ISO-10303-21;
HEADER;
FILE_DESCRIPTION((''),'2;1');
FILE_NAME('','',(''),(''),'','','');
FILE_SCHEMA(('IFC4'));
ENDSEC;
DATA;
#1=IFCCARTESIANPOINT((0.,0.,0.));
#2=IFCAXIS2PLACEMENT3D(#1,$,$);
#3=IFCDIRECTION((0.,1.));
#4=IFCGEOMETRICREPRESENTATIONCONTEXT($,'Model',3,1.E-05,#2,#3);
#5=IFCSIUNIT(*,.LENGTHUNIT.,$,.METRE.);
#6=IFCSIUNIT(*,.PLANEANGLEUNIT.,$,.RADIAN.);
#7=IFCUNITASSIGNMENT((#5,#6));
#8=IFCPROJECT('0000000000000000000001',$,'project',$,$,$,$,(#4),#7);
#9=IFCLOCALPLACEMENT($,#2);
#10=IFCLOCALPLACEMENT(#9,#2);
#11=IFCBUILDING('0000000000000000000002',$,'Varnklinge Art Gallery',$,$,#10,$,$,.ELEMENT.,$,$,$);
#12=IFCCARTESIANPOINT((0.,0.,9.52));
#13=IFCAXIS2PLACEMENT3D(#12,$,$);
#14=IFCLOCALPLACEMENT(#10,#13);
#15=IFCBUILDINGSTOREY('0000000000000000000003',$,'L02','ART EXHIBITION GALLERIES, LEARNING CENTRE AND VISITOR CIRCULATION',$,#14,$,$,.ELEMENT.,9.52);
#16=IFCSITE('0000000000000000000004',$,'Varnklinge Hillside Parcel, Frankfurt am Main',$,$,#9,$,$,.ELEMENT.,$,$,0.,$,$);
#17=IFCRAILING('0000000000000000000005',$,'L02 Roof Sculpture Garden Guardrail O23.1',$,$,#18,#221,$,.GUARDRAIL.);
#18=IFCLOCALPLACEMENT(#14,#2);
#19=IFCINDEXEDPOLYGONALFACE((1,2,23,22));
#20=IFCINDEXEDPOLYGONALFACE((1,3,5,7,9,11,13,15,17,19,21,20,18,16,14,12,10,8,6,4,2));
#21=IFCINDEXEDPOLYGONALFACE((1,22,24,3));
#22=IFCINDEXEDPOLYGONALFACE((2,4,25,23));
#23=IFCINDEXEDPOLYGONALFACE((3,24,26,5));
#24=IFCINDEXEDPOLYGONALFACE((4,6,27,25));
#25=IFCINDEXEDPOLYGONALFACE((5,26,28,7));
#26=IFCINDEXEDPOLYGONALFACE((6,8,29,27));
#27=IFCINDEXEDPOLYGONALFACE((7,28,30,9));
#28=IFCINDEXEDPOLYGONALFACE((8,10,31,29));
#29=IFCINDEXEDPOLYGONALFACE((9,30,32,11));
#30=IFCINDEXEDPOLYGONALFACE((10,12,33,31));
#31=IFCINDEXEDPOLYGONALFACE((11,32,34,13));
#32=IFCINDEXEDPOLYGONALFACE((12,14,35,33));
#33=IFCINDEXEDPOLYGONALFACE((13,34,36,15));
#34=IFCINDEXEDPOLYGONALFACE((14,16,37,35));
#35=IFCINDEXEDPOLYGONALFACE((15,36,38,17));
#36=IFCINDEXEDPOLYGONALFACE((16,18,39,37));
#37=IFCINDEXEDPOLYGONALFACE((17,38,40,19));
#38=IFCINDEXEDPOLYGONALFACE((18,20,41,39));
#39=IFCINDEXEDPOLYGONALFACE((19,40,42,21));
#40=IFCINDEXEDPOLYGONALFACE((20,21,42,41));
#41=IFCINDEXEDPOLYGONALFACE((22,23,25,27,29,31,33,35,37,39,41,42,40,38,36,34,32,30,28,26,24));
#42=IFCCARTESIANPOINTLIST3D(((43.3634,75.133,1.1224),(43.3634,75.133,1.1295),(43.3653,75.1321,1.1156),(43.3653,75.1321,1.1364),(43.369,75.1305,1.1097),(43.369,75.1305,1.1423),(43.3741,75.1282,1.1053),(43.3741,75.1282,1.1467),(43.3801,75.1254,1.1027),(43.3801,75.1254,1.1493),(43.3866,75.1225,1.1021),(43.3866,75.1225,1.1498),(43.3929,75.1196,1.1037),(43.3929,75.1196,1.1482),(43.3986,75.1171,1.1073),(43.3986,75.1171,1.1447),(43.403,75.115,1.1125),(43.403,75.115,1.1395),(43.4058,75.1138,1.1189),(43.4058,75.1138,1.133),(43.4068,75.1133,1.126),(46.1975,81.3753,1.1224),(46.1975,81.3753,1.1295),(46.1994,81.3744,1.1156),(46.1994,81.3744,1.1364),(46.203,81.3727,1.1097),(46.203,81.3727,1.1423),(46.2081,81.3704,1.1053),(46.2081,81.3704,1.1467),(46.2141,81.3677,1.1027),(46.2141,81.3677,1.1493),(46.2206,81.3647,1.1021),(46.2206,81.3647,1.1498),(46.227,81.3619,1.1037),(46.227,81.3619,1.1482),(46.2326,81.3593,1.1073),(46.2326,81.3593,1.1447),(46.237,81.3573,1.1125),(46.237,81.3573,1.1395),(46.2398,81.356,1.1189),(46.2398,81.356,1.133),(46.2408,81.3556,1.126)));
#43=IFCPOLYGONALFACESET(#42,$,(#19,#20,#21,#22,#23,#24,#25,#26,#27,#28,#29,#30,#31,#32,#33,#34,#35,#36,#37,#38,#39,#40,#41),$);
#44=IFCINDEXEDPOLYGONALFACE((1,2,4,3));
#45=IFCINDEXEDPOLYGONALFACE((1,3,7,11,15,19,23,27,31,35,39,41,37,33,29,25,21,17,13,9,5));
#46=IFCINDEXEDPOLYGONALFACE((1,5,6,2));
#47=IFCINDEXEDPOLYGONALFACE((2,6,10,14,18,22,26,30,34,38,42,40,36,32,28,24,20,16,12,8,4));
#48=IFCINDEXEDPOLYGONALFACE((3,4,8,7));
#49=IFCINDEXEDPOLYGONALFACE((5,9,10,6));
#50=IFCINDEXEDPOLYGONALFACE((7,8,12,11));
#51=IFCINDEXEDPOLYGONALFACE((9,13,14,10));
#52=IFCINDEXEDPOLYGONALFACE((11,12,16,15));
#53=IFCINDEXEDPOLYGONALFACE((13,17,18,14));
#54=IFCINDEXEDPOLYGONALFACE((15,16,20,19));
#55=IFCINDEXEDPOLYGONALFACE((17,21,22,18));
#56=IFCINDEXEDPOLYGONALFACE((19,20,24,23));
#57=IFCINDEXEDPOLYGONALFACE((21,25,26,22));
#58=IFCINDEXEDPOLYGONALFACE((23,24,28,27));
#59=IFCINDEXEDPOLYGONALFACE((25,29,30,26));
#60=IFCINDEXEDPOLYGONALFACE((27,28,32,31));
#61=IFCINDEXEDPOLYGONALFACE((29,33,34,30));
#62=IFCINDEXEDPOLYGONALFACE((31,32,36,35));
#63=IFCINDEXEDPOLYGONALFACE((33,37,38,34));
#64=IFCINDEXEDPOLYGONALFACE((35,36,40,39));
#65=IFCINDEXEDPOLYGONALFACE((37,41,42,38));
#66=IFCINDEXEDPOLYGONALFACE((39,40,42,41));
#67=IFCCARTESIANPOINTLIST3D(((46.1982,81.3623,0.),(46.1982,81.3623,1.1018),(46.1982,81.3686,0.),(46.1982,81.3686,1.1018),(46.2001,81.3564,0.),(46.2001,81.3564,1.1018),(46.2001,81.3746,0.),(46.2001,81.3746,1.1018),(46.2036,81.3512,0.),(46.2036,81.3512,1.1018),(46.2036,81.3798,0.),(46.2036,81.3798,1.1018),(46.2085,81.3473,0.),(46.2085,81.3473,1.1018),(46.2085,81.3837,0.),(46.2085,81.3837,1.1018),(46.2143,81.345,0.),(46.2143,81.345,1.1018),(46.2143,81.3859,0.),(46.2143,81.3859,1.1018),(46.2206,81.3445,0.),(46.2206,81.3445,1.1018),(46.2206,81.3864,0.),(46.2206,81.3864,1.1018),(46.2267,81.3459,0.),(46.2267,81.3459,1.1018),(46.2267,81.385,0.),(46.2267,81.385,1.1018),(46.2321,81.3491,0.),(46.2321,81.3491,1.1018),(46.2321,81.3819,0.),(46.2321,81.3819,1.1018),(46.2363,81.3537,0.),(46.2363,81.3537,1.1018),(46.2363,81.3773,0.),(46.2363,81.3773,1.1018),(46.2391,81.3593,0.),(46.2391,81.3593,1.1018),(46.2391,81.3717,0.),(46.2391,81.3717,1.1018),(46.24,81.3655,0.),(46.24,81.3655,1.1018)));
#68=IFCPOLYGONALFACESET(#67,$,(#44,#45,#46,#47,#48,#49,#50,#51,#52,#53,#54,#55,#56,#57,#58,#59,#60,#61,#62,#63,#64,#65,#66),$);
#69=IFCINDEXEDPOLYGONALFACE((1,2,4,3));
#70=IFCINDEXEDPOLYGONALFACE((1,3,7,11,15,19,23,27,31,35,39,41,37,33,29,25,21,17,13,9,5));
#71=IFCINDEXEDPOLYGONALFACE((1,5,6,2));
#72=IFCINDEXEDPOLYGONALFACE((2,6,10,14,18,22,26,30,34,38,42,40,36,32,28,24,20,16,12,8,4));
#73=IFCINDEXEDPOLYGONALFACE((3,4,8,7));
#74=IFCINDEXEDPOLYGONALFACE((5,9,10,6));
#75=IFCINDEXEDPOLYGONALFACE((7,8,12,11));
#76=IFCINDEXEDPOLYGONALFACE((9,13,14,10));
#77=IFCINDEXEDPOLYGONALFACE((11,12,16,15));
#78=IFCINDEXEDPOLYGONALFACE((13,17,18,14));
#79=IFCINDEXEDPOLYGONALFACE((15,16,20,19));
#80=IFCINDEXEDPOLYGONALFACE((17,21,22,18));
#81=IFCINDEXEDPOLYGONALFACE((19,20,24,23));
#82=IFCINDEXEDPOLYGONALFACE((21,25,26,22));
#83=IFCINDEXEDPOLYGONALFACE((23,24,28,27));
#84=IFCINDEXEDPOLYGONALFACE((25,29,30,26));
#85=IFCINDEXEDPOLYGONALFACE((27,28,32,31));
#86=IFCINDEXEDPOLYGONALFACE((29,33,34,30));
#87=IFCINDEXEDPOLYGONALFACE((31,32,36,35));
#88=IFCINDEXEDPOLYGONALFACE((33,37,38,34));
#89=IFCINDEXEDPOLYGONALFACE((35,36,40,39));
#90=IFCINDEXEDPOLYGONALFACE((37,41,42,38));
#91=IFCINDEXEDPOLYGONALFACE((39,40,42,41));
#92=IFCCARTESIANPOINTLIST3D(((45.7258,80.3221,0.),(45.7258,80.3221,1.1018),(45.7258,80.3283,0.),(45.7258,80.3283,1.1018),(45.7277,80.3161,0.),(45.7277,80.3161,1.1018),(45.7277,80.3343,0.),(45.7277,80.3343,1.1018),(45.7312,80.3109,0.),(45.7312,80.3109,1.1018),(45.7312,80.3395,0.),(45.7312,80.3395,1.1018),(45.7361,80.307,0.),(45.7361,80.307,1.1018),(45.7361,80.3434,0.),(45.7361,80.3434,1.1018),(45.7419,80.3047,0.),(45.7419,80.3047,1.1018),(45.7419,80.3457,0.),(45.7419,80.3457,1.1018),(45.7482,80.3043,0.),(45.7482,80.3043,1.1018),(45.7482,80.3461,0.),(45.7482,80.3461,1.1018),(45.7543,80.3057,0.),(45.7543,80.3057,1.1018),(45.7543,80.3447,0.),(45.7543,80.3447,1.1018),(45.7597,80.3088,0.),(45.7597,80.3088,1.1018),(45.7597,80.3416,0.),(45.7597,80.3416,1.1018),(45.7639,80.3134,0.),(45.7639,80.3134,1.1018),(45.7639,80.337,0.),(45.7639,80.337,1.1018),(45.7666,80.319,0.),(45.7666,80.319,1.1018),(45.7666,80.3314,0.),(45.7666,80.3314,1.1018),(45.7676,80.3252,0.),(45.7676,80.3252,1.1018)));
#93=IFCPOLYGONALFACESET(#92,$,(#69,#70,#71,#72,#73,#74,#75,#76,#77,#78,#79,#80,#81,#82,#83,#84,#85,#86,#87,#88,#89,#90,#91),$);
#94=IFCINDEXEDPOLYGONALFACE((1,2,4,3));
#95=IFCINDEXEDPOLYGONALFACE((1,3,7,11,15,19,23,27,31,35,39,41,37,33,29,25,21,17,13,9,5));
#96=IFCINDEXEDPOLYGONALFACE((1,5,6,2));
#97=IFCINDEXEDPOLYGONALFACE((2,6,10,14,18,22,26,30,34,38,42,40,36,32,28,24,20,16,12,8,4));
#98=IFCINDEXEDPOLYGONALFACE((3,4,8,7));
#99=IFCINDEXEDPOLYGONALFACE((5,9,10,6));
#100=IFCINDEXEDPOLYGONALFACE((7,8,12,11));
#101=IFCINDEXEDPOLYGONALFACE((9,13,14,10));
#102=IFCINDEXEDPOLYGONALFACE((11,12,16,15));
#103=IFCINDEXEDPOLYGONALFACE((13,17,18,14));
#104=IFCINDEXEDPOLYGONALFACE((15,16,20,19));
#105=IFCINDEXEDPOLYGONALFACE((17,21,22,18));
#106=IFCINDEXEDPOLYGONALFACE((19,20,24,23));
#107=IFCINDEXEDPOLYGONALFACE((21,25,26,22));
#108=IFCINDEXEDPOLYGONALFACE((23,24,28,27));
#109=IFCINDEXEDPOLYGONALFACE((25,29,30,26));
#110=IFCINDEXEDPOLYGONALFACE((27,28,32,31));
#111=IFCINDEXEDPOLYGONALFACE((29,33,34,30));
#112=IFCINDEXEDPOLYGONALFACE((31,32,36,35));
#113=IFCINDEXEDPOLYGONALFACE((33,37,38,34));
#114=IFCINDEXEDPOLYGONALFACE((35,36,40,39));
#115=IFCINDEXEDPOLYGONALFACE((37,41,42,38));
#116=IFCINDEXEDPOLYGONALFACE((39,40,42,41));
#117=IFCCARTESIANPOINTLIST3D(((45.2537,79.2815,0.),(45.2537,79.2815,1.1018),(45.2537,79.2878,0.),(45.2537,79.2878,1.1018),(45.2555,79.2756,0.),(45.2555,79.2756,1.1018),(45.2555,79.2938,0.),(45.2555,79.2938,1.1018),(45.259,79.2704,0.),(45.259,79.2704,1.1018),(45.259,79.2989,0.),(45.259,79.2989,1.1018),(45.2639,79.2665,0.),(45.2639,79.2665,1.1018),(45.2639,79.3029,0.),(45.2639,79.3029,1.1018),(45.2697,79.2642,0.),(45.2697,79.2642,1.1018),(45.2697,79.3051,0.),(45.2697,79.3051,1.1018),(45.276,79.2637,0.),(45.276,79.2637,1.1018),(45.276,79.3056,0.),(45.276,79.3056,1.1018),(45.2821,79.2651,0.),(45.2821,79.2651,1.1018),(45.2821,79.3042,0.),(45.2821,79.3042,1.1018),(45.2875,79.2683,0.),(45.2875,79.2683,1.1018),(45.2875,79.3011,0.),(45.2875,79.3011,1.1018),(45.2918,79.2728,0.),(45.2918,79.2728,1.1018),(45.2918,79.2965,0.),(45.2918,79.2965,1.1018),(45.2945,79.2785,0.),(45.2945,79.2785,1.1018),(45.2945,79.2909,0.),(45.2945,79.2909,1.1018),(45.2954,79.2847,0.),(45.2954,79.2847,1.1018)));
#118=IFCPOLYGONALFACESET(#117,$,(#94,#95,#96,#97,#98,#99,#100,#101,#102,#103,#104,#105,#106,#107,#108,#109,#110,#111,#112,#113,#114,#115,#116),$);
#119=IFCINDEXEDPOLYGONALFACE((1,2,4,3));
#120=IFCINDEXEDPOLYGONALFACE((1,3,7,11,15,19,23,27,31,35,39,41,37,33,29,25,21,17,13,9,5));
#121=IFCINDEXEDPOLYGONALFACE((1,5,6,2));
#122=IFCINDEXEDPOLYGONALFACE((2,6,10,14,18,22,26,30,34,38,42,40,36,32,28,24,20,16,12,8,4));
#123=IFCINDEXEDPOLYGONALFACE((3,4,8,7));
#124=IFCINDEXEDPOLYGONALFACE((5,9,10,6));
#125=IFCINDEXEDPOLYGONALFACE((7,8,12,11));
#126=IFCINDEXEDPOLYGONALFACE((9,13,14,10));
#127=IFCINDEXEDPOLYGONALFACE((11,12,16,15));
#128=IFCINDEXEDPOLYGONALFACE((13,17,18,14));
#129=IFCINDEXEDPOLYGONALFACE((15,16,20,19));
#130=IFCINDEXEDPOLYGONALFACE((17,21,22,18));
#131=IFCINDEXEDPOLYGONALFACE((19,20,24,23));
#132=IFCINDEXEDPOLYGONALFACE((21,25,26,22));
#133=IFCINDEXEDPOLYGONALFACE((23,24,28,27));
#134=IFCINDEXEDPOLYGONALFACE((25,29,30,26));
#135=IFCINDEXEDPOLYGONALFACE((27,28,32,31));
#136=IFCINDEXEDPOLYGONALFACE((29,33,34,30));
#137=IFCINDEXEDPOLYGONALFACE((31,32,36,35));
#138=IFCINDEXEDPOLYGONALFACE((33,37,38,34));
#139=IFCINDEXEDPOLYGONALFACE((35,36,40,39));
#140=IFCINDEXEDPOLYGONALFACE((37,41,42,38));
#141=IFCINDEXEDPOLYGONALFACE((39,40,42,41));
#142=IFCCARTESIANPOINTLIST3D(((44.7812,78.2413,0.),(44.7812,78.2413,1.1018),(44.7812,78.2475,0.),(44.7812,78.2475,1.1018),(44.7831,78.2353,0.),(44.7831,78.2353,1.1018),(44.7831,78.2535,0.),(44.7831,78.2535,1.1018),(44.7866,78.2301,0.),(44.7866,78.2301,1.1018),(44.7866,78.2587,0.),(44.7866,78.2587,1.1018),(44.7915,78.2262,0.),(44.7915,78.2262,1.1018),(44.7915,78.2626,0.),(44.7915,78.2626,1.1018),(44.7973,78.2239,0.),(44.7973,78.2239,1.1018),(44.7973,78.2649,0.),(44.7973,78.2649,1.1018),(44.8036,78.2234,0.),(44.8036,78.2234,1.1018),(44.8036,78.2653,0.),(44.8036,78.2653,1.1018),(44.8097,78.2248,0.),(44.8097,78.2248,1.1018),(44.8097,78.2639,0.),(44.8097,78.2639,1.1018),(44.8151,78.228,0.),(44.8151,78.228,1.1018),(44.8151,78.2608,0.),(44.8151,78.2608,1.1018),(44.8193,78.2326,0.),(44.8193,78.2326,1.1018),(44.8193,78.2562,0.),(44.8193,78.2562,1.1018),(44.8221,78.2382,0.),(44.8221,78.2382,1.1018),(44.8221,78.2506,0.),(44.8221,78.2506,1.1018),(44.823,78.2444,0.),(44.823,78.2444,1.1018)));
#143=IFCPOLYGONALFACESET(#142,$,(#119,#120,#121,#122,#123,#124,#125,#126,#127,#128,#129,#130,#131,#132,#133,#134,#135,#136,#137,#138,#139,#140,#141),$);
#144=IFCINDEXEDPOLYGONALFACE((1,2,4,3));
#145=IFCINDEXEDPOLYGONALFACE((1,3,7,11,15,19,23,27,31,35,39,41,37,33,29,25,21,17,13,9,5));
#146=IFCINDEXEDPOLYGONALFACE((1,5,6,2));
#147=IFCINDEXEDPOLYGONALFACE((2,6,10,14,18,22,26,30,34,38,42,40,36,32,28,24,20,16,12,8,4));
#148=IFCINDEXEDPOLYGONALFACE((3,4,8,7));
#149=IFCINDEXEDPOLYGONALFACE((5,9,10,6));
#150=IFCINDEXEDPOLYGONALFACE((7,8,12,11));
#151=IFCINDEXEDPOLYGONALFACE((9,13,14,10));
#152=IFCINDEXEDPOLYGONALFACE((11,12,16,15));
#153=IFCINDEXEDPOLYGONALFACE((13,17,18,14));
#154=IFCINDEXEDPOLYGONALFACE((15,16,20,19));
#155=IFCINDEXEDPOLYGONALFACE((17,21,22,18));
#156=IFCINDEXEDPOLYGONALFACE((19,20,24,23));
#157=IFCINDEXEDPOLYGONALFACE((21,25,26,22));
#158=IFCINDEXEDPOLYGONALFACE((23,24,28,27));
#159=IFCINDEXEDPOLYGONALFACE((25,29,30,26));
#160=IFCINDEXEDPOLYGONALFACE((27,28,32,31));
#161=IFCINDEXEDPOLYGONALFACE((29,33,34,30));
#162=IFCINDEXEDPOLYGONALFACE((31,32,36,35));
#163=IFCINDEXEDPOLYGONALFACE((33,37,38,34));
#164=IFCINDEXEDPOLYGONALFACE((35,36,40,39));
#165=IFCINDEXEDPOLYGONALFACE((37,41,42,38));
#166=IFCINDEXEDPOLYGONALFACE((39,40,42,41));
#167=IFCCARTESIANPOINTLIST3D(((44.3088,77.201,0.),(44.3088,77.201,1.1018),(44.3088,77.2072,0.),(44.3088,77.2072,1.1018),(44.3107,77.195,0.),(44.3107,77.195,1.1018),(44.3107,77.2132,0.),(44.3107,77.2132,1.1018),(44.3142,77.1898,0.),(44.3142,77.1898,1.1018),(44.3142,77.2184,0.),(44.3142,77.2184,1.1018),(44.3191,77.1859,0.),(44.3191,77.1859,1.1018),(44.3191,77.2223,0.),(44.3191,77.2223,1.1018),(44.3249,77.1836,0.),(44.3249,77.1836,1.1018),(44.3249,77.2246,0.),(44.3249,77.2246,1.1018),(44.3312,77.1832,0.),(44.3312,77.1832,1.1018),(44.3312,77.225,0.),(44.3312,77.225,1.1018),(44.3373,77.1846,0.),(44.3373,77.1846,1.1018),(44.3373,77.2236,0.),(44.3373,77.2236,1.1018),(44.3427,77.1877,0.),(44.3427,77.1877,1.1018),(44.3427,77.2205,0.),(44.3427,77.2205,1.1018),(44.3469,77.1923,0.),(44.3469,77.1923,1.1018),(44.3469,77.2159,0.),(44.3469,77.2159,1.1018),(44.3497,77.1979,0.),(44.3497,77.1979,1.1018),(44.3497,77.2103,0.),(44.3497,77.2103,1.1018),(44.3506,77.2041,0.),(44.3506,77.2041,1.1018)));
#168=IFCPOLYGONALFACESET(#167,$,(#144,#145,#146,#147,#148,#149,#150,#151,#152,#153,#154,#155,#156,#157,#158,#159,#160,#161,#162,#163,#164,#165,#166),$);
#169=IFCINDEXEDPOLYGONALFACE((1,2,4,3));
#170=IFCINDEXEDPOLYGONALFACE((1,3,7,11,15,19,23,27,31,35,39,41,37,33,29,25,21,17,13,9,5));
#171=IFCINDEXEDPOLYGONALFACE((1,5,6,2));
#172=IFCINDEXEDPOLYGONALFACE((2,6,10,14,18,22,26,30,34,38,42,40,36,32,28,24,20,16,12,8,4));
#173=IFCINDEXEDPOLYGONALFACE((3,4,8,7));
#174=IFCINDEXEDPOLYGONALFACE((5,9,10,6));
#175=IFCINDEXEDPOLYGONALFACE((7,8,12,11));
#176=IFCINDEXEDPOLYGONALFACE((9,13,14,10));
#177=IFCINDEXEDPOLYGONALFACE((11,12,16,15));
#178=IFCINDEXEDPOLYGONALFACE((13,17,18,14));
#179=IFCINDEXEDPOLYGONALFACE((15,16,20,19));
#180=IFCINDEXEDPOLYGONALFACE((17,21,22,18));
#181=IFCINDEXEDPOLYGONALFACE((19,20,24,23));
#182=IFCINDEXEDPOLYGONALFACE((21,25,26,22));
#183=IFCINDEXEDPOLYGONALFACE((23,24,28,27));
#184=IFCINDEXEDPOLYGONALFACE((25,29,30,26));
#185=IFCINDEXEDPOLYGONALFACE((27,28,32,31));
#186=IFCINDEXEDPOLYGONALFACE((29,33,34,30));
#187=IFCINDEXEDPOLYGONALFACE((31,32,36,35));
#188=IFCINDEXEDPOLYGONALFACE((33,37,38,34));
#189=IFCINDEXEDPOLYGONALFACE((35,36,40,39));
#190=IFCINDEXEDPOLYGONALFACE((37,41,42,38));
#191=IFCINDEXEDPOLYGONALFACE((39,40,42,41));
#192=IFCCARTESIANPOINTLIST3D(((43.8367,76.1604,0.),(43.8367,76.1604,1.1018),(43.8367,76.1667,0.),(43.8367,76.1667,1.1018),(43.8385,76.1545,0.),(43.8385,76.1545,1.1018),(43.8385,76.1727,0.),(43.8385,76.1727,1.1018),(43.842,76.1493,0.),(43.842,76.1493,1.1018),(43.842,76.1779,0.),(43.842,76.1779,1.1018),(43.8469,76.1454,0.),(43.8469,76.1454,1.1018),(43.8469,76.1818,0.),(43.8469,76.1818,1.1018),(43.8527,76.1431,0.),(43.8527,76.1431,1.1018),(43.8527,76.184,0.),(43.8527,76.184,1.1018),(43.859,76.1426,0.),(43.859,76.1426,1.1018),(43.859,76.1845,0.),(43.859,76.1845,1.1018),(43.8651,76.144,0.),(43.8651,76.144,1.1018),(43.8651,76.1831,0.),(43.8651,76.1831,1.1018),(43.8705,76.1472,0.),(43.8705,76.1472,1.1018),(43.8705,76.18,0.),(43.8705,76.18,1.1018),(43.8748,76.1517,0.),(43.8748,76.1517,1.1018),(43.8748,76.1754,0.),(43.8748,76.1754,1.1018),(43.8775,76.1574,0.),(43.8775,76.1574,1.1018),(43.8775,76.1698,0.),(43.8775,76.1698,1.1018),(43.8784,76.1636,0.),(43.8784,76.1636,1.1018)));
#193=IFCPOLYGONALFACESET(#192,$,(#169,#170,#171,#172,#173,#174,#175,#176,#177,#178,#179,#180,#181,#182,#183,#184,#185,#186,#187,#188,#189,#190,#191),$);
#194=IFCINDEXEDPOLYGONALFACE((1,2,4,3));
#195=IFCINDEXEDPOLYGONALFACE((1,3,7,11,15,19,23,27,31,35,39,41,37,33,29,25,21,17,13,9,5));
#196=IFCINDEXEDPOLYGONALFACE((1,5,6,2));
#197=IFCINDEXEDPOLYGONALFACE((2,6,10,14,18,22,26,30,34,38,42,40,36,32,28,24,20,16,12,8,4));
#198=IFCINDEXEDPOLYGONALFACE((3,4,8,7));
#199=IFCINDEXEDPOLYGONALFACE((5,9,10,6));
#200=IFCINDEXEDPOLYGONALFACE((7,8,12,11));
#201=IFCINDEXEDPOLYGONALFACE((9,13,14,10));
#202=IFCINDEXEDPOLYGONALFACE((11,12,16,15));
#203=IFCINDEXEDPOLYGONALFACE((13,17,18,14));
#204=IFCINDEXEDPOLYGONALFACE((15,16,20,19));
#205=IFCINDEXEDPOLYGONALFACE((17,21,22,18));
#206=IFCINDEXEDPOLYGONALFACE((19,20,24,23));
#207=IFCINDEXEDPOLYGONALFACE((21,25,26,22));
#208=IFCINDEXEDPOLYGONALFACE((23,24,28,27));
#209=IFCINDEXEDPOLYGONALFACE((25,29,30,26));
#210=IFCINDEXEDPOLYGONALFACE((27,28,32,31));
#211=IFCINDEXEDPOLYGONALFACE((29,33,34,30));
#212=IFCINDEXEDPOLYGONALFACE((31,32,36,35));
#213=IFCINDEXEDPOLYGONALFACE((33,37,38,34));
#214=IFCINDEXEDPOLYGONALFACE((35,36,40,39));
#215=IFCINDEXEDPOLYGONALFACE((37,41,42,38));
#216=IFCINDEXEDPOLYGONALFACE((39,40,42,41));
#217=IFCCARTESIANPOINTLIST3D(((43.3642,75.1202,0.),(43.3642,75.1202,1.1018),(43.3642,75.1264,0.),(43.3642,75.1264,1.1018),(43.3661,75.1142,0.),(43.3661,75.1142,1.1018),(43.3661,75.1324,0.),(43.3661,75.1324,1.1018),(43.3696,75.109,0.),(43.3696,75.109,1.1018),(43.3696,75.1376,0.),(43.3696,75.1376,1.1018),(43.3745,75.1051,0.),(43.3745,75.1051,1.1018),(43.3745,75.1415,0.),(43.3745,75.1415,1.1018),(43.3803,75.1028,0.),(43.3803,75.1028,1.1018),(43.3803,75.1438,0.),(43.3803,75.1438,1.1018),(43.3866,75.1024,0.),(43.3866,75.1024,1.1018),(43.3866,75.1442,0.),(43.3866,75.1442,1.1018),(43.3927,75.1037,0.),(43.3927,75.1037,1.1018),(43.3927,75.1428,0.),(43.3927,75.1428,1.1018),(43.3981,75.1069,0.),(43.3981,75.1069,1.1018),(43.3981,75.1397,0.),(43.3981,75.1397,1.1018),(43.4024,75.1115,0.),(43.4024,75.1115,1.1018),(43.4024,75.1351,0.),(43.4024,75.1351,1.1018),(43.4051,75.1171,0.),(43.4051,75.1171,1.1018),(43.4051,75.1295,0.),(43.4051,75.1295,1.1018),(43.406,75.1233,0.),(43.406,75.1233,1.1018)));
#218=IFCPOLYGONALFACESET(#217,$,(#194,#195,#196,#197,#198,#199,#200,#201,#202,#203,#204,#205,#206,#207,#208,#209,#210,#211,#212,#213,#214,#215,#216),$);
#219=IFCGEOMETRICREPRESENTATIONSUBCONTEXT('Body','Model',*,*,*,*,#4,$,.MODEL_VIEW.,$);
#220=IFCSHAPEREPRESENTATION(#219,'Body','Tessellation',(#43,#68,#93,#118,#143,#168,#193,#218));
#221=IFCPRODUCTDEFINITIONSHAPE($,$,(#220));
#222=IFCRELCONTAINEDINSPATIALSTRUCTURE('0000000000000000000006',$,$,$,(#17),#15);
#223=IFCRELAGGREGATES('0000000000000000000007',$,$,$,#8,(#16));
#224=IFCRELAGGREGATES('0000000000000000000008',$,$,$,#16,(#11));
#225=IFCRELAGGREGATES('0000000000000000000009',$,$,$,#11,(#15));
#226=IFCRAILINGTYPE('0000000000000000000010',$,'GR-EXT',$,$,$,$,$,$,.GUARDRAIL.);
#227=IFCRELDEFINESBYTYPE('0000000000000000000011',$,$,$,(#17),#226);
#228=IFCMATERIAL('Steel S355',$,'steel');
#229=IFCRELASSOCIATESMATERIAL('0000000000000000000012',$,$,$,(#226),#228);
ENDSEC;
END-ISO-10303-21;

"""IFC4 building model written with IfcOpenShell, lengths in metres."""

from ifc_helpers import new_model, si_unit, direction, frame, origin, origin_2d, place, context, subcontext, project, spatial, circle, extrude, material, type_object, element, save


model = new_model("IFC4")

# Units and contexts
model_context = context("Model", 3, precision=1e-05, world=origin(), true_north=direction((0.0, 1.0)))
body_context = subcontext(model_context, "Body", "Model", "MODEL_VIEW")
ifc_project = project(units=[si_unit("LENGTHUNIT", "METRE"), si_unit("PLANEANGLEUNIT", "RADIAN")], contexts=[model_context])

# Site, building, storey
site_placement = place(None, origin())
site = spatial("IfcSite", under=ifc_project, at=site_placement, Name="Varnklinge Hillside Parcel, Frankfurt am Main", CompositionType="ELEMENT", RefElevation=0.0)
building_placement = place(site_placement, origin())
building = spatial("IfcBuilding", under=site, at=building_placement, Name="Varnklinge Art Gallery", CompositionType="ELEMENT")
storey_placement = place(building_placement, frame((0.0, 0.0, 9.52)))
storey = spatial("IfcBuildingStorey", under=building, at=storey_placement, Name="L02", Description="ART EXHIBITION GALLERIES, LEARNING CENTRE AND VISITOR CIRCULATION", CompositionType="ELEMENT", Elevation=9.52)

# Railing
ifc_material_1 = material(Name="Steel S355", Category="steel")
railing_type_1 = type_object("IfcRailingType", Name="GR-EXT", PredefinedType="GUARDRAIL", material=ifc_material_1)
railing_1_placement = place(storey_placement, frame((46.219, 81.3655, 0.0)))
element("IfcRailing", 1, at=railing_1_placement, inside=storey, type_object=railing_type_1, Name="L02 Roof Sculpture Garden Guardrail O23.1", PredefinedType="GUARDRAIL", context=body_context, shape_type="SweptSolid", body=[
    extrude(circle(Radius=0.0239, at=origin_2d()), frame((0.0, 0.0, 1.126), z_axis=(-0.413395, -0.910552, 0.0), x_axis=(0.910552, -0.413395, 0.0)), (0.0, 0.0, 1.0), 6.8555),
    extrude(circle(Radius=0.021, at=origin_2d()), origin(), (0.0, 0.0, 1.0), 1.1018),
    extrude(circle(Radius=0.021, at=origin_2d()), frame((-0.4724, -1.0403, 0.0)), (0.0, 0.0, 1.0), 1.1018),
    extrude(circle(Radius=0.021, at=origin_2d()), frame((-0.9446, -2.0808, 0.0)), (0.0, 0.0, 1.0), 1.1018),
    extrude(circle(Radius=0.021, at=origin_2d()), frame((-1.417, -3.1211, 0.0)), (0.0, 0.0, 1.0), 1.1018),
    extrude(circle(Radius=0.021, at=origin_2d()), frame((-1.8894, -4.1614, 0.0)), (0.0, 0.0, 1.0), 1.1018),
    extrude(circle(Radius=0.021, at=origin_2d()), frame((-2.3616, -5.2019, 0.0)), (0.0, 0.0, 1.0), 1.1018),
    extrude(circle(Radius=0.021, at=origin_2d()), frame((-2.834, -6.2422, 0.0)), (0.0, 0.0, 1.0), 1.1018),
])

save(model, "model.ifc")
